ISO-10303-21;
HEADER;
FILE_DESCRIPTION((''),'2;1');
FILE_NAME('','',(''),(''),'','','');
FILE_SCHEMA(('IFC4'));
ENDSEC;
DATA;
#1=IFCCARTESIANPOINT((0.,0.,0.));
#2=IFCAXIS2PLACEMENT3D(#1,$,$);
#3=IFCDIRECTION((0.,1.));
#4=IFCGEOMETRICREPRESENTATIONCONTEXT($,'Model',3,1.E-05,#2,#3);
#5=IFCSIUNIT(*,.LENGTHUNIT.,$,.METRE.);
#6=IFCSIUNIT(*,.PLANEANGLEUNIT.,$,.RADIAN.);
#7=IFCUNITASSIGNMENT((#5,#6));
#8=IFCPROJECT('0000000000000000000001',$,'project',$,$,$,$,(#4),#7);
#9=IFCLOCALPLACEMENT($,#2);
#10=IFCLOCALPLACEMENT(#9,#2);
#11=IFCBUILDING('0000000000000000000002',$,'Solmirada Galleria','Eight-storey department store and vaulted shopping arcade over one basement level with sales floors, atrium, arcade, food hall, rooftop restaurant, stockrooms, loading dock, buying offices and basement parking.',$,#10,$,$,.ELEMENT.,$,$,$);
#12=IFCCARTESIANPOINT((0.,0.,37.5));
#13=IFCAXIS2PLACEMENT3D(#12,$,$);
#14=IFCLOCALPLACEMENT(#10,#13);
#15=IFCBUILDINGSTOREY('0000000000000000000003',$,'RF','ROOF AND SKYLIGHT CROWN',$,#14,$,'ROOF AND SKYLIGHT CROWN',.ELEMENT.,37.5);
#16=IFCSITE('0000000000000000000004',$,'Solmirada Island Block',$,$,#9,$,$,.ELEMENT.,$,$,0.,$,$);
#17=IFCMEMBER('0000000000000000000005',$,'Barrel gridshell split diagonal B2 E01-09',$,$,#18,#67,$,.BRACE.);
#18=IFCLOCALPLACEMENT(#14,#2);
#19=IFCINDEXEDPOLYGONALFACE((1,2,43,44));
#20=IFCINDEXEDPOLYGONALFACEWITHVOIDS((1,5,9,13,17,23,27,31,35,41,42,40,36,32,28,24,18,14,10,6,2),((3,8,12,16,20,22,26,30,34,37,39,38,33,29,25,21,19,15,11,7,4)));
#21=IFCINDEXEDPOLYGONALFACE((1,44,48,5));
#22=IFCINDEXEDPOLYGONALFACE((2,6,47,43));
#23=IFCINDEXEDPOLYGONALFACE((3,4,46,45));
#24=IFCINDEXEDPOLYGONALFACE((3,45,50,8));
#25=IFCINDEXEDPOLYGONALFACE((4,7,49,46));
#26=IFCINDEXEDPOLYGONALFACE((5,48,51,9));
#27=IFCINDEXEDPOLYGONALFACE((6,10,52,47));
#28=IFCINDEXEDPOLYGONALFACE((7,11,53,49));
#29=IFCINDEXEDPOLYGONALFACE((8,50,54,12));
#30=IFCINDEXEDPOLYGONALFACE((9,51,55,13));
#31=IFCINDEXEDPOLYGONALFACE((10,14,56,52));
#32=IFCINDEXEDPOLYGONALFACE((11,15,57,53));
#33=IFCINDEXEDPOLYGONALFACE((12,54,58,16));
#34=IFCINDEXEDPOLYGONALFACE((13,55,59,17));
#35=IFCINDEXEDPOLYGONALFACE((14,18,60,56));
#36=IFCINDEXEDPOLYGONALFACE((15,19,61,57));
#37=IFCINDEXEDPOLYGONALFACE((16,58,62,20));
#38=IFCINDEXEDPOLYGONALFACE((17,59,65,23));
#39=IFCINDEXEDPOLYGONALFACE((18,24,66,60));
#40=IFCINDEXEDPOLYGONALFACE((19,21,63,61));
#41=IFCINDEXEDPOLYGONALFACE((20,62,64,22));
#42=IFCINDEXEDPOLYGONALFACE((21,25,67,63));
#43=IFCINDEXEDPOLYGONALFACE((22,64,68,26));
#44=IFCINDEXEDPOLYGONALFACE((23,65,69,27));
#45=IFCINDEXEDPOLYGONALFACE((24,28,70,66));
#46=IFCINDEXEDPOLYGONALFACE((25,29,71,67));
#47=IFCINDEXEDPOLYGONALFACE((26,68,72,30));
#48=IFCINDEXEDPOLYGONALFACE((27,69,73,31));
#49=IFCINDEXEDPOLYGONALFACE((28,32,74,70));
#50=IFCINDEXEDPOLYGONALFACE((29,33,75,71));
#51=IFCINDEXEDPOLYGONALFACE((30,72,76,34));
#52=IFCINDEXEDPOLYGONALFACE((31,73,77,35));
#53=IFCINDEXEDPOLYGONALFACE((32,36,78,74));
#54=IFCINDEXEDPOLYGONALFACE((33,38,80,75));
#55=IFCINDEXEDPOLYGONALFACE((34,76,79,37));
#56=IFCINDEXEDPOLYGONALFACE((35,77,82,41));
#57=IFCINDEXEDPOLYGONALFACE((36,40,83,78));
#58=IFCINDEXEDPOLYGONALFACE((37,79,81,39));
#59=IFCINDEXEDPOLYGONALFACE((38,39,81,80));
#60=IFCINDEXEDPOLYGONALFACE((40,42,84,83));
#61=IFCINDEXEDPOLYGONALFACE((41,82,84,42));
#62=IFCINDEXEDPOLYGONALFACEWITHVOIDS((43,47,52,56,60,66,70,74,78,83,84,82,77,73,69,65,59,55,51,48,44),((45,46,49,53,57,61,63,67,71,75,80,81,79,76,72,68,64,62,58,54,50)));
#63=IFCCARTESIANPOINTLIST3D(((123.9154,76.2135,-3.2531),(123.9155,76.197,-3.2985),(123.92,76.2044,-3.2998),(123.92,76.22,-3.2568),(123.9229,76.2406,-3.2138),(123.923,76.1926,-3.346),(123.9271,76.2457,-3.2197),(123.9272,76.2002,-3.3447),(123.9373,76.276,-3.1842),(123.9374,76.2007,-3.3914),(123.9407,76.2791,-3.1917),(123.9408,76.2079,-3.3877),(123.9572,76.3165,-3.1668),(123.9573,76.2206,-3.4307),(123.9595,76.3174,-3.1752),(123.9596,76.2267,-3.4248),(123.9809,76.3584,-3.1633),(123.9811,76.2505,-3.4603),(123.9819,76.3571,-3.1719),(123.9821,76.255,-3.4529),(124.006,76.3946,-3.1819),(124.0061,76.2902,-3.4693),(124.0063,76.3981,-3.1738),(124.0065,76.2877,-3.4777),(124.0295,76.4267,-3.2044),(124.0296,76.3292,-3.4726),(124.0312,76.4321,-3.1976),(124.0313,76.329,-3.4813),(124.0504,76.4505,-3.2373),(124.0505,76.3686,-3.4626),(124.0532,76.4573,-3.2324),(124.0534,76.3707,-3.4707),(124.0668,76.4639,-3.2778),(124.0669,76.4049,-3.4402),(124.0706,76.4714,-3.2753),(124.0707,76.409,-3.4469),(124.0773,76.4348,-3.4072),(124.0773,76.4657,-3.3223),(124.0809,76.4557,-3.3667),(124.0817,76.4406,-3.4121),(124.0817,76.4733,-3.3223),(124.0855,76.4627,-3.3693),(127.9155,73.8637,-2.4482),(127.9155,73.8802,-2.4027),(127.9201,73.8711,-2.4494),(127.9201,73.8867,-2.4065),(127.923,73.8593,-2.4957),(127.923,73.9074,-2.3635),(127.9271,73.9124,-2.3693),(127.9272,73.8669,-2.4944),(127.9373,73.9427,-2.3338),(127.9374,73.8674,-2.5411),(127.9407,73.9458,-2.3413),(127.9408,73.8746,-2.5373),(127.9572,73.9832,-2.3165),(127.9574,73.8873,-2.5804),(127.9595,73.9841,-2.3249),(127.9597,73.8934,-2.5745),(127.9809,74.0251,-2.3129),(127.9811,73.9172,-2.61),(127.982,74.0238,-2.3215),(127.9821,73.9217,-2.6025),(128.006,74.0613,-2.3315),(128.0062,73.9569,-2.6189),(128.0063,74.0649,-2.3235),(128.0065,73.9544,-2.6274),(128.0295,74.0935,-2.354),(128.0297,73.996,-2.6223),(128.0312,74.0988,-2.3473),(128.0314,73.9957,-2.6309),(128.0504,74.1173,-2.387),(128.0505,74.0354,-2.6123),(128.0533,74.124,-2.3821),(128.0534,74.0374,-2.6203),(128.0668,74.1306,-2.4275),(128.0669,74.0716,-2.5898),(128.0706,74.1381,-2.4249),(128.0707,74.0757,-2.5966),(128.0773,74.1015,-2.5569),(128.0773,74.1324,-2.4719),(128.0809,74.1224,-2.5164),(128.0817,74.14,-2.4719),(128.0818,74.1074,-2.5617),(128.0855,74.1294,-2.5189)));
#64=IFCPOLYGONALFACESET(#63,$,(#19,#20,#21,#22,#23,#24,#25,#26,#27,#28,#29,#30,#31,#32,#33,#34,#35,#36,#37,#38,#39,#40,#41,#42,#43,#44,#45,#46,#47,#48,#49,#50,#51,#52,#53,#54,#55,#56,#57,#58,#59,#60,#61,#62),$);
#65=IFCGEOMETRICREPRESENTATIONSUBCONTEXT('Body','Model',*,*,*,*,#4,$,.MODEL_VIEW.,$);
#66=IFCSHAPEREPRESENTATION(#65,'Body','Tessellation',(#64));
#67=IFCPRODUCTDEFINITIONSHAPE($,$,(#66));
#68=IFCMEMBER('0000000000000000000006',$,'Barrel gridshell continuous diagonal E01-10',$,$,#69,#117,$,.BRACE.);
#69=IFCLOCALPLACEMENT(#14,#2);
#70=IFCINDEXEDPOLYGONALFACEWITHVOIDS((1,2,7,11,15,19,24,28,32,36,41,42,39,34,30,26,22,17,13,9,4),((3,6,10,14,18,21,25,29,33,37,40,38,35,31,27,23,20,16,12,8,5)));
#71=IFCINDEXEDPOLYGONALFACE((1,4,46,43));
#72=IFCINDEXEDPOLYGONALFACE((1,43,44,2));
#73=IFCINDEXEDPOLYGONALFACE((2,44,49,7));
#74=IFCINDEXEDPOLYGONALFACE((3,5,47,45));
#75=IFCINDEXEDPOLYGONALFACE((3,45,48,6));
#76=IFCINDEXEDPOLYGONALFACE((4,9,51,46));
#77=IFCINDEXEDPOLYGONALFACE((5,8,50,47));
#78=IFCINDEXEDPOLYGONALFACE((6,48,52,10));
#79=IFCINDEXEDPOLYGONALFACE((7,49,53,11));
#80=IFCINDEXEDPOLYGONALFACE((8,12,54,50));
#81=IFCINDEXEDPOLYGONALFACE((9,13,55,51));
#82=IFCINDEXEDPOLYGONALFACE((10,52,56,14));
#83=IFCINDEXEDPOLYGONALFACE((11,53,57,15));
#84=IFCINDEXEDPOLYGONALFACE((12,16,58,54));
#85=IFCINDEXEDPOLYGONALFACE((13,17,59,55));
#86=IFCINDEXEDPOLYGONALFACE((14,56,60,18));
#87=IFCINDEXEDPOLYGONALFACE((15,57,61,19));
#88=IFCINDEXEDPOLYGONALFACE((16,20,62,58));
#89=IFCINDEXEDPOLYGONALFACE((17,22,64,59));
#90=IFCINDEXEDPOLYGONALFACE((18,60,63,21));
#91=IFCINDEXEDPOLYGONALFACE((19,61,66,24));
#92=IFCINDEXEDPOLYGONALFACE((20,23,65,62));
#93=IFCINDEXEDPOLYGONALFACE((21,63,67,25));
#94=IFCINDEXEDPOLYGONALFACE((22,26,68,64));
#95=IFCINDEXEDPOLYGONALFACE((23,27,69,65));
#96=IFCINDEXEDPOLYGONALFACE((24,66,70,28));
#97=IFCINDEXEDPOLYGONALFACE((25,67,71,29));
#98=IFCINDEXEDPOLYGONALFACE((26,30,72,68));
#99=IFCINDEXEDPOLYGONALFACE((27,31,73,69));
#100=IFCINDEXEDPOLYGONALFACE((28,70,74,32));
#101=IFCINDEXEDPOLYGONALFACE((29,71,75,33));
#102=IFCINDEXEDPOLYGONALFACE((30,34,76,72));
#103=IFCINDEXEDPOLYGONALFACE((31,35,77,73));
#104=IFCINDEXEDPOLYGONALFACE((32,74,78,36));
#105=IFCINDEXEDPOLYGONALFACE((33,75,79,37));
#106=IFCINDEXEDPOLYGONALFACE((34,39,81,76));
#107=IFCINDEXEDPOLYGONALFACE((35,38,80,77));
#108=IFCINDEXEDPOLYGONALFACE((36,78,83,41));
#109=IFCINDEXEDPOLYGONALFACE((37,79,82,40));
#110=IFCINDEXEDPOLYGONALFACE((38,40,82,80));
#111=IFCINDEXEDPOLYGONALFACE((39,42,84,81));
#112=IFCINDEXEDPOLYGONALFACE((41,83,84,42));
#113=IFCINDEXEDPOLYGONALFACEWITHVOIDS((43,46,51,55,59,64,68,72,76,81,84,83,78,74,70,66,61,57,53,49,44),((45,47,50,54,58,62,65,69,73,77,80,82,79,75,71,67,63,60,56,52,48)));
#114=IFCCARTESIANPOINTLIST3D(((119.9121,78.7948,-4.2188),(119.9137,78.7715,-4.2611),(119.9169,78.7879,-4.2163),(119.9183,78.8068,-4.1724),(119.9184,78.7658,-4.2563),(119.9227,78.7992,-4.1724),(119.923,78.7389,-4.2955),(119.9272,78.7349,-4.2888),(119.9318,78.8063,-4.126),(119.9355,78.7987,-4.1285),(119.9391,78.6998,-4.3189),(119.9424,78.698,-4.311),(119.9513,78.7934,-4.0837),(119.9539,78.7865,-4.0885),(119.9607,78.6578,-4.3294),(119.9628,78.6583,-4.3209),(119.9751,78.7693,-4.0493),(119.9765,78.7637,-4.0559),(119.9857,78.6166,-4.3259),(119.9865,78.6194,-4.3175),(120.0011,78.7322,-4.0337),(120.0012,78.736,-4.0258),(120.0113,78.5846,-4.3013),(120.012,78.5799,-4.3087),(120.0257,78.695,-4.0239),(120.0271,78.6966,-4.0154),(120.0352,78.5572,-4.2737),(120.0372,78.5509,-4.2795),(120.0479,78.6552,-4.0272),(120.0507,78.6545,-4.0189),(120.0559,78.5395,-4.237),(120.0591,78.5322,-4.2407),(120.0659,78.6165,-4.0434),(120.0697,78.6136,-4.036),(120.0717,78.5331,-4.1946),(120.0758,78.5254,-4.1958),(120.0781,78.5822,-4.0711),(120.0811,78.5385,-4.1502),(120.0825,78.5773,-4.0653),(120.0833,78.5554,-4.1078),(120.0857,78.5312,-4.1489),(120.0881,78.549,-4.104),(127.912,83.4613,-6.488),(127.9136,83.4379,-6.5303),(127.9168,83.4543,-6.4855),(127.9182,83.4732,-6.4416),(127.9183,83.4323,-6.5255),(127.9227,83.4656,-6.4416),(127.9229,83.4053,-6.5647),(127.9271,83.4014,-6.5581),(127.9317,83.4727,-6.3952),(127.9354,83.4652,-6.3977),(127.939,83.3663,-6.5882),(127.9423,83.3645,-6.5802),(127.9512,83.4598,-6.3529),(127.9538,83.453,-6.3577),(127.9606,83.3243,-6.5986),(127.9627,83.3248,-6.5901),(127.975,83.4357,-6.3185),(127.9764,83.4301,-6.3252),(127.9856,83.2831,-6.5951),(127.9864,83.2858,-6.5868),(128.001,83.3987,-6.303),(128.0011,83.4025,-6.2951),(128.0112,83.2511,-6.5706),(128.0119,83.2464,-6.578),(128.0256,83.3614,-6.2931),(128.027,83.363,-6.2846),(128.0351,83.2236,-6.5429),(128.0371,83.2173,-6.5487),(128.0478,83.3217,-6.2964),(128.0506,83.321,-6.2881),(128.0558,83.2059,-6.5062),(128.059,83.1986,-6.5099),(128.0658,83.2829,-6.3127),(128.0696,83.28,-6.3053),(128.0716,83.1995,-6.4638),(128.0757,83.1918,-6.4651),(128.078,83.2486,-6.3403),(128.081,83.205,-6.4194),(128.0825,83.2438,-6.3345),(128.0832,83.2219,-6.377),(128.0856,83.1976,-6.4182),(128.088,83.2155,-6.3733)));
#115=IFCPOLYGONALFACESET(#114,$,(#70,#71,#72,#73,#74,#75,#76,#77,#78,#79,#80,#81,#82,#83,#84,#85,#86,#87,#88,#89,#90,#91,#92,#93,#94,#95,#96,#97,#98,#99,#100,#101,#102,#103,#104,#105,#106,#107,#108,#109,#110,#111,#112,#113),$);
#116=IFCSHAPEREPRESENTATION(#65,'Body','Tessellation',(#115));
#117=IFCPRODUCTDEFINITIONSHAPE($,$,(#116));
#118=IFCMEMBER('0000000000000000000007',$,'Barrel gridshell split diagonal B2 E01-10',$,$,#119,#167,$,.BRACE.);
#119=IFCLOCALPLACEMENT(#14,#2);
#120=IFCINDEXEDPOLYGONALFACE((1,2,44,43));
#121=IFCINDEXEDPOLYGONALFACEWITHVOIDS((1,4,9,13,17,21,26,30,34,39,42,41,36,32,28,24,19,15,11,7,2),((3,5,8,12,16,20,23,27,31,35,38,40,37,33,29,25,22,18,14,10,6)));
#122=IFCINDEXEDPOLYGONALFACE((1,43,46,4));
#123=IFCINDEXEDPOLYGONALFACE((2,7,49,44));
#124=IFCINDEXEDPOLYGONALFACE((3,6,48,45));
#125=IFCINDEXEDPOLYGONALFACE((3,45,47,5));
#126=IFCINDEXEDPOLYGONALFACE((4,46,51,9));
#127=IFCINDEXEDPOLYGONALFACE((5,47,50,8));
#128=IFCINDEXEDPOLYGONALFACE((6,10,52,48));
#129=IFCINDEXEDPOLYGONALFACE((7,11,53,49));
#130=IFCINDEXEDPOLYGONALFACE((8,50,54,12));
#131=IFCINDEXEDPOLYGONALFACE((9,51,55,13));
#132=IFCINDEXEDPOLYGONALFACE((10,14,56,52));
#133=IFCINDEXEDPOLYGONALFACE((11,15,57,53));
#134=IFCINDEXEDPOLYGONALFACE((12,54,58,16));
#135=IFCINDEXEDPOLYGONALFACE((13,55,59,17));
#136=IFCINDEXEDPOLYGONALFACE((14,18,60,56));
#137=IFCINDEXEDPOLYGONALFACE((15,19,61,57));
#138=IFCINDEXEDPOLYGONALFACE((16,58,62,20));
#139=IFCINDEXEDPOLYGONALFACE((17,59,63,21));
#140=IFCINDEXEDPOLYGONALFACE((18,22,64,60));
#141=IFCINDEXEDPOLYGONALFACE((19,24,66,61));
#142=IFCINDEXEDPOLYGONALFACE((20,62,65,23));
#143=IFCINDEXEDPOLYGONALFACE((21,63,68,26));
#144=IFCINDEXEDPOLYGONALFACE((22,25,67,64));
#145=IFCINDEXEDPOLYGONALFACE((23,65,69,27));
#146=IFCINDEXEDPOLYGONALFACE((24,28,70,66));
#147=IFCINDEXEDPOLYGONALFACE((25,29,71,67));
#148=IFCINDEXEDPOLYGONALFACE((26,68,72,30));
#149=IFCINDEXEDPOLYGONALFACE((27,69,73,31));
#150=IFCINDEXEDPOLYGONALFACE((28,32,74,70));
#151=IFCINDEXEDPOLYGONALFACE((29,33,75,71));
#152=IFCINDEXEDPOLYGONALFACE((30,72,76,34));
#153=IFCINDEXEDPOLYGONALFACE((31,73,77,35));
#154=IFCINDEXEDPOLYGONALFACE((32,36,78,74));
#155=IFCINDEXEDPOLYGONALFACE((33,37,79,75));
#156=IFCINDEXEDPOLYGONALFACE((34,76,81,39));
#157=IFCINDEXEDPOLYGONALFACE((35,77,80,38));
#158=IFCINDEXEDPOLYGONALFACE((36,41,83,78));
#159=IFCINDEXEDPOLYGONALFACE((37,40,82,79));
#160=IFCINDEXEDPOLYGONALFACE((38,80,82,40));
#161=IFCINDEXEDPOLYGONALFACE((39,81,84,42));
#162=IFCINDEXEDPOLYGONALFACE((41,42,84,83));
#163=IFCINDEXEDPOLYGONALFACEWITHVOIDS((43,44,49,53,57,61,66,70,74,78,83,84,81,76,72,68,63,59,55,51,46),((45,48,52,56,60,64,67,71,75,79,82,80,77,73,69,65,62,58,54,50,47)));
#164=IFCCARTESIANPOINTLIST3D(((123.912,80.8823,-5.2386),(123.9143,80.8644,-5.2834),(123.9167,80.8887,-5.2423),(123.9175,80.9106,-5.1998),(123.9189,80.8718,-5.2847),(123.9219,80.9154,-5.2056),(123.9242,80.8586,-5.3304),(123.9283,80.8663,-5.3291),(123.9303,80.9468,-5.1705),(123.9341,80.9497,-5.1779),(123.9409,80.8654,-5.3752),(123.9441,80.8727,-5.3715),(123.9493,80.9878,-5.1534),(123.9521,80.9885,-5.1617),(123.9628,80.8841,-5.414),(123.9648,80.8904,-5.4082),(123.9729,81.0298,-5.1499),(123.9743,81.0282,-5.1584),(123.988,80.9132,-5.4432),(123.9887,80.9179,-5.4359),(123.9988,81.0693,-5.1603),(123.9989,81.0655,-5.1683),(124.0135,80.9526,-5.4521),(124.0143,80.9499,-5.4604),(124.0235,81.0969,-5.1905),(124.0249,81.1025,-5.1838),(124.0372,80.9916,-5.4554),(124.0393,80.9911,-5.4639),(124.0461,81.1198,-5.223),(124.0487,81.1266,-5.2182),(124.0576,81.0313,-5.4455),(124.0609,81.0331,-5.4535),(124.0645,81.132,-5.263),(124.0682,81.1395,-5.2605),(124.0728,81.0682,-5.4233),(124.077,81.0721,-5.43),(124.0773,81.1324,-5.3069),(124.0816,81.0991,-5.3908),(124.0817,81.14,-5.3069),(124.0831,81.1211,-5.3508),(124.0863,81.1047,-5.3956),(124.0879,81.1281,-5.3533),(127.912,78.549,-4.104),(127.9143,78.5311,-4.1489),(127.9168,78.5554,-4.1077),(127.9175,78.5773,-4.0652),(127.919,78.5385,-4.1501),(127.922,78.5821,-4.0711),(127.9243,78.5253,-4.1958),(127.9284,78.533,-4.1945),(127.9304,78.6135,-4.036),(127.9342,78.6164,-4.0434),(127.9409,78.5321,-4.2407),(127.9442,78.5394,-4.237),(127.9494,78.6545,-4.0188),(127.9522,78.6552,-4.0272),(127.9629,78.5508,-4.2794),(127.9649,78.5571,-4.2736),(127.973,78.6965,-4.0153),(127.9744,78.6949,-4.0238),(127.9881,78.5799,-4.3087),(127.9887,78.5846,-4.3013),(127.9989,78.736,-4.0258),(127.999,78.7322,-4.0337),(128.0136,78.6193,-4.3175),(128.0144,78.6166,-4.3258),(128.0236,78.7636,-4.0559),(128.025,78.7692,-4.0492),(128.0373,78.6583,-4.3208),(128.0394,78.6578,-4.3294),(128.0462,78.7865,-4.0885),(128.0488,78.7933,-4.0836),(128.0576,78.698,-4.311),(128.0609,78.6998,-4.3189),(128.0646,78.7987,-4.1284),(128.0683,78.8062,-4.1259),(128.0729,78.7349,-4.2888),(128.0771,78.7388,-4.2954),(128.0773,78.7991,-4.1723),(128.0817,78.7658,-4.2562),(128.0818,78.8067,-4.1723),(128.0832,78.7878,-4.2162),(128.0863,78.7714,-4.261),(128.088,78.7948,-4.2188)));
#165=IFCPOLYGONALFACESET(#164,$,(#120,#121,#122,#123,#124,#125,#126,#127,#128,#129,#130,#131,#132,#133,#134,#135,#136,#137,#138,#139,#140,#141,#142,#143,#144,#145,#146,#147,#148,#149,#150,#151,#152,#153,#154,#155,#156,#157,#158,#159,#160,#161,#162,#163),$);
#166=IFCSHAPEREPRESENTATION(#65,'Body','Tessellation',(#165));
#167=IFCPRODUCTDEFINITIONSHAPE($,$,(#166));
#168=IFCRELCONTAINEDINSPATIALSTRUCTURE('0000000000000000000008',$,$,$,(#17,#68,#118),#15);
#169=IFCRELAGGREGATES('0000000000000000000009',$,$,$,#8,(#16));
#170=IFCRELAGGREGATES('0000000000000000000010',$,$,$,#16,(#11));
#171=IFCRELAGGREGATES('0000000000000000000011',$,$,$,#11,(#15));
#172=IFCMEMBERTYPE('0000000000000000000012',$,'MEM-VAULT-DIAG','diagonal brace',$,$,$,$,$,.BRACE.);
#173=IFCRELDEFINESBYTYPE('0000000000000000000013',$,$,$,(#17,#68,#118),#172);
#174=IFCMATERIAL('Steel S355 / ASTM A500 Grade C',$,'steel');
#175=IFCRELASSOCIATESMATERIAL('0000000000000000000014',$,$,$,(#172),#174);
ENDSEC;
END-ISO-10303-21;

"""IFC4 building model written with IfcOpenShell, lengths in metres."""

from ifc_helpers import new_model, si_unit, direction, frame, origin, origin_2d, place, context, subcontext, project, spatial, hollow_circle, extrude, material, material_profile, profile_set, type_object, element, save


model = new_model("IFC4")

# Units and contexts
model_context = context("Model", 3, precision=1e-05, world=origin(), true_north=direction((0.0, 1.0)))
body_context = subcontext(model_context, "Body", "Model", "MODEL_VIEW")
ifc_project = project(units=[si_unit("LENGTHUNIT", "METRE"), si_unit("PLANEANGLEUNIT", "RADIAN")], contexts=[model_context])

# Site, building, storey
site_placement = place(None, origin())
site = spatial("IfcSite", under=ifc_project, at=site_placement, Name="Solmirada Island Block", CompositionType="ELEMENT", RefElevation=0.0)
building_placement = place(site_placement, origin())
building = spatial("IfcBuilding", under=site, at=building_placement, Name="Solmirada Galleria", Description="Eight-storey department store and vaulted shopping arcade over one basement level with sales floors, atrium, arcade, food hall, rooftop restaurant, stockrooms, loading dock, buying offices and basement parking.", CompositionType="ELEMENT")
storey_placement = place(building_placement, frame((0.0, 0.0, 37.5)))
storey = spatial("IfcBuildingStorey", under=building, at=storey_placement, Name="RF", Description="ROOF AND SKYLIGHT CROWN", LongName="ROOF AND SKYLIGHT CROWN", CompositionType="ELEMENT", Elevation=37.5)

# Members
ifc_material_1 = material(Name="Steel S355 / ASTM A500 Grade C", Category="steel")
ifc_material_profile_1 = material_profile(ifc_material_1, hollow_circle(Radius=0.1621, WallThickness=0.0088, at=origin_2d()), Name="HSS12.750X0.375")
ifc_profile_set_1 = profile_set([ifc_material_profile_1], Name="Steel S355 / ASTM A500 Grade C")
member_type_1 = type_object("IfcMemberType", Name="MEM-VAULT-DIAG", Description="diagonal brace", PredefinedType="BRACE", material=ifc_profile_set_1)
for number, where, z_axis, x_axis, name in (
    (1, (124.0, 76.3333, -3.3223), (0.849582, -0.495572, 0.180609), (0.503858, 0.863787, 0.0), "Barrel gridshell split diagonal B2 E01-09"),
):
    element("IfcMember", number, at=place(storey_placement, frame(where, z_axis=z_axis, x_axis=x_axis)), inside=storey, type_object=member_type_1, Name=name, PredefinedType="BRACE", context=body_context, shape_type="SweptSolid", body=[
        extrude(hollow_circle(Radius=0.1621, WallThickness=0.0088, at=origin_2d()), origin(), (0.0, 0.0, 1.0), 4.7083),
    ])
member_1_placement = place(storey_placement, frame((120.0, 78.6667, -4.1724), z_axis=(0.838969, 0.489382, -0.237983), x_axis=(-0.503858, 0.863787, 0.0)))
element("IfcMember", 2, at=member_1_placement, inside=storey, type_object=member_type_1, Name="Barrel gridshell continuous diagonal E01-10", PredefinedType="BRACE", context=body_context, shape_type="SweptSolid", body=[
    extrude(hollow_circle(Radius=0.1621, WallThickness=0.0088, at=origin_2d()), origin(), (0.0, 0.0, 1.0), 9.5354),
])
member_2_placement = place(storey_placement, frame((124.0, 81.0, -5.3069), z_axis=(0.838975, -0.489385, 0.237959), x_axis=(0.503858, 0.863787, 0.0)))
element("IfcMember", 3, at=member_2_placement, inside=storey, type_object=member_type_1, Name="Barrel gridshell split diagonal B2 E01-10", PredefinedType="BRACE", context=body_context, shape_type="SweptSolid", body=[
    extrude(hollow_circle(Radius=0.1621, WallThickness=0.0088, at=origin_2d()), origin(), (0.0, 0.0, 1.0), 4.7678),
])

save(model, "model.ifc")
